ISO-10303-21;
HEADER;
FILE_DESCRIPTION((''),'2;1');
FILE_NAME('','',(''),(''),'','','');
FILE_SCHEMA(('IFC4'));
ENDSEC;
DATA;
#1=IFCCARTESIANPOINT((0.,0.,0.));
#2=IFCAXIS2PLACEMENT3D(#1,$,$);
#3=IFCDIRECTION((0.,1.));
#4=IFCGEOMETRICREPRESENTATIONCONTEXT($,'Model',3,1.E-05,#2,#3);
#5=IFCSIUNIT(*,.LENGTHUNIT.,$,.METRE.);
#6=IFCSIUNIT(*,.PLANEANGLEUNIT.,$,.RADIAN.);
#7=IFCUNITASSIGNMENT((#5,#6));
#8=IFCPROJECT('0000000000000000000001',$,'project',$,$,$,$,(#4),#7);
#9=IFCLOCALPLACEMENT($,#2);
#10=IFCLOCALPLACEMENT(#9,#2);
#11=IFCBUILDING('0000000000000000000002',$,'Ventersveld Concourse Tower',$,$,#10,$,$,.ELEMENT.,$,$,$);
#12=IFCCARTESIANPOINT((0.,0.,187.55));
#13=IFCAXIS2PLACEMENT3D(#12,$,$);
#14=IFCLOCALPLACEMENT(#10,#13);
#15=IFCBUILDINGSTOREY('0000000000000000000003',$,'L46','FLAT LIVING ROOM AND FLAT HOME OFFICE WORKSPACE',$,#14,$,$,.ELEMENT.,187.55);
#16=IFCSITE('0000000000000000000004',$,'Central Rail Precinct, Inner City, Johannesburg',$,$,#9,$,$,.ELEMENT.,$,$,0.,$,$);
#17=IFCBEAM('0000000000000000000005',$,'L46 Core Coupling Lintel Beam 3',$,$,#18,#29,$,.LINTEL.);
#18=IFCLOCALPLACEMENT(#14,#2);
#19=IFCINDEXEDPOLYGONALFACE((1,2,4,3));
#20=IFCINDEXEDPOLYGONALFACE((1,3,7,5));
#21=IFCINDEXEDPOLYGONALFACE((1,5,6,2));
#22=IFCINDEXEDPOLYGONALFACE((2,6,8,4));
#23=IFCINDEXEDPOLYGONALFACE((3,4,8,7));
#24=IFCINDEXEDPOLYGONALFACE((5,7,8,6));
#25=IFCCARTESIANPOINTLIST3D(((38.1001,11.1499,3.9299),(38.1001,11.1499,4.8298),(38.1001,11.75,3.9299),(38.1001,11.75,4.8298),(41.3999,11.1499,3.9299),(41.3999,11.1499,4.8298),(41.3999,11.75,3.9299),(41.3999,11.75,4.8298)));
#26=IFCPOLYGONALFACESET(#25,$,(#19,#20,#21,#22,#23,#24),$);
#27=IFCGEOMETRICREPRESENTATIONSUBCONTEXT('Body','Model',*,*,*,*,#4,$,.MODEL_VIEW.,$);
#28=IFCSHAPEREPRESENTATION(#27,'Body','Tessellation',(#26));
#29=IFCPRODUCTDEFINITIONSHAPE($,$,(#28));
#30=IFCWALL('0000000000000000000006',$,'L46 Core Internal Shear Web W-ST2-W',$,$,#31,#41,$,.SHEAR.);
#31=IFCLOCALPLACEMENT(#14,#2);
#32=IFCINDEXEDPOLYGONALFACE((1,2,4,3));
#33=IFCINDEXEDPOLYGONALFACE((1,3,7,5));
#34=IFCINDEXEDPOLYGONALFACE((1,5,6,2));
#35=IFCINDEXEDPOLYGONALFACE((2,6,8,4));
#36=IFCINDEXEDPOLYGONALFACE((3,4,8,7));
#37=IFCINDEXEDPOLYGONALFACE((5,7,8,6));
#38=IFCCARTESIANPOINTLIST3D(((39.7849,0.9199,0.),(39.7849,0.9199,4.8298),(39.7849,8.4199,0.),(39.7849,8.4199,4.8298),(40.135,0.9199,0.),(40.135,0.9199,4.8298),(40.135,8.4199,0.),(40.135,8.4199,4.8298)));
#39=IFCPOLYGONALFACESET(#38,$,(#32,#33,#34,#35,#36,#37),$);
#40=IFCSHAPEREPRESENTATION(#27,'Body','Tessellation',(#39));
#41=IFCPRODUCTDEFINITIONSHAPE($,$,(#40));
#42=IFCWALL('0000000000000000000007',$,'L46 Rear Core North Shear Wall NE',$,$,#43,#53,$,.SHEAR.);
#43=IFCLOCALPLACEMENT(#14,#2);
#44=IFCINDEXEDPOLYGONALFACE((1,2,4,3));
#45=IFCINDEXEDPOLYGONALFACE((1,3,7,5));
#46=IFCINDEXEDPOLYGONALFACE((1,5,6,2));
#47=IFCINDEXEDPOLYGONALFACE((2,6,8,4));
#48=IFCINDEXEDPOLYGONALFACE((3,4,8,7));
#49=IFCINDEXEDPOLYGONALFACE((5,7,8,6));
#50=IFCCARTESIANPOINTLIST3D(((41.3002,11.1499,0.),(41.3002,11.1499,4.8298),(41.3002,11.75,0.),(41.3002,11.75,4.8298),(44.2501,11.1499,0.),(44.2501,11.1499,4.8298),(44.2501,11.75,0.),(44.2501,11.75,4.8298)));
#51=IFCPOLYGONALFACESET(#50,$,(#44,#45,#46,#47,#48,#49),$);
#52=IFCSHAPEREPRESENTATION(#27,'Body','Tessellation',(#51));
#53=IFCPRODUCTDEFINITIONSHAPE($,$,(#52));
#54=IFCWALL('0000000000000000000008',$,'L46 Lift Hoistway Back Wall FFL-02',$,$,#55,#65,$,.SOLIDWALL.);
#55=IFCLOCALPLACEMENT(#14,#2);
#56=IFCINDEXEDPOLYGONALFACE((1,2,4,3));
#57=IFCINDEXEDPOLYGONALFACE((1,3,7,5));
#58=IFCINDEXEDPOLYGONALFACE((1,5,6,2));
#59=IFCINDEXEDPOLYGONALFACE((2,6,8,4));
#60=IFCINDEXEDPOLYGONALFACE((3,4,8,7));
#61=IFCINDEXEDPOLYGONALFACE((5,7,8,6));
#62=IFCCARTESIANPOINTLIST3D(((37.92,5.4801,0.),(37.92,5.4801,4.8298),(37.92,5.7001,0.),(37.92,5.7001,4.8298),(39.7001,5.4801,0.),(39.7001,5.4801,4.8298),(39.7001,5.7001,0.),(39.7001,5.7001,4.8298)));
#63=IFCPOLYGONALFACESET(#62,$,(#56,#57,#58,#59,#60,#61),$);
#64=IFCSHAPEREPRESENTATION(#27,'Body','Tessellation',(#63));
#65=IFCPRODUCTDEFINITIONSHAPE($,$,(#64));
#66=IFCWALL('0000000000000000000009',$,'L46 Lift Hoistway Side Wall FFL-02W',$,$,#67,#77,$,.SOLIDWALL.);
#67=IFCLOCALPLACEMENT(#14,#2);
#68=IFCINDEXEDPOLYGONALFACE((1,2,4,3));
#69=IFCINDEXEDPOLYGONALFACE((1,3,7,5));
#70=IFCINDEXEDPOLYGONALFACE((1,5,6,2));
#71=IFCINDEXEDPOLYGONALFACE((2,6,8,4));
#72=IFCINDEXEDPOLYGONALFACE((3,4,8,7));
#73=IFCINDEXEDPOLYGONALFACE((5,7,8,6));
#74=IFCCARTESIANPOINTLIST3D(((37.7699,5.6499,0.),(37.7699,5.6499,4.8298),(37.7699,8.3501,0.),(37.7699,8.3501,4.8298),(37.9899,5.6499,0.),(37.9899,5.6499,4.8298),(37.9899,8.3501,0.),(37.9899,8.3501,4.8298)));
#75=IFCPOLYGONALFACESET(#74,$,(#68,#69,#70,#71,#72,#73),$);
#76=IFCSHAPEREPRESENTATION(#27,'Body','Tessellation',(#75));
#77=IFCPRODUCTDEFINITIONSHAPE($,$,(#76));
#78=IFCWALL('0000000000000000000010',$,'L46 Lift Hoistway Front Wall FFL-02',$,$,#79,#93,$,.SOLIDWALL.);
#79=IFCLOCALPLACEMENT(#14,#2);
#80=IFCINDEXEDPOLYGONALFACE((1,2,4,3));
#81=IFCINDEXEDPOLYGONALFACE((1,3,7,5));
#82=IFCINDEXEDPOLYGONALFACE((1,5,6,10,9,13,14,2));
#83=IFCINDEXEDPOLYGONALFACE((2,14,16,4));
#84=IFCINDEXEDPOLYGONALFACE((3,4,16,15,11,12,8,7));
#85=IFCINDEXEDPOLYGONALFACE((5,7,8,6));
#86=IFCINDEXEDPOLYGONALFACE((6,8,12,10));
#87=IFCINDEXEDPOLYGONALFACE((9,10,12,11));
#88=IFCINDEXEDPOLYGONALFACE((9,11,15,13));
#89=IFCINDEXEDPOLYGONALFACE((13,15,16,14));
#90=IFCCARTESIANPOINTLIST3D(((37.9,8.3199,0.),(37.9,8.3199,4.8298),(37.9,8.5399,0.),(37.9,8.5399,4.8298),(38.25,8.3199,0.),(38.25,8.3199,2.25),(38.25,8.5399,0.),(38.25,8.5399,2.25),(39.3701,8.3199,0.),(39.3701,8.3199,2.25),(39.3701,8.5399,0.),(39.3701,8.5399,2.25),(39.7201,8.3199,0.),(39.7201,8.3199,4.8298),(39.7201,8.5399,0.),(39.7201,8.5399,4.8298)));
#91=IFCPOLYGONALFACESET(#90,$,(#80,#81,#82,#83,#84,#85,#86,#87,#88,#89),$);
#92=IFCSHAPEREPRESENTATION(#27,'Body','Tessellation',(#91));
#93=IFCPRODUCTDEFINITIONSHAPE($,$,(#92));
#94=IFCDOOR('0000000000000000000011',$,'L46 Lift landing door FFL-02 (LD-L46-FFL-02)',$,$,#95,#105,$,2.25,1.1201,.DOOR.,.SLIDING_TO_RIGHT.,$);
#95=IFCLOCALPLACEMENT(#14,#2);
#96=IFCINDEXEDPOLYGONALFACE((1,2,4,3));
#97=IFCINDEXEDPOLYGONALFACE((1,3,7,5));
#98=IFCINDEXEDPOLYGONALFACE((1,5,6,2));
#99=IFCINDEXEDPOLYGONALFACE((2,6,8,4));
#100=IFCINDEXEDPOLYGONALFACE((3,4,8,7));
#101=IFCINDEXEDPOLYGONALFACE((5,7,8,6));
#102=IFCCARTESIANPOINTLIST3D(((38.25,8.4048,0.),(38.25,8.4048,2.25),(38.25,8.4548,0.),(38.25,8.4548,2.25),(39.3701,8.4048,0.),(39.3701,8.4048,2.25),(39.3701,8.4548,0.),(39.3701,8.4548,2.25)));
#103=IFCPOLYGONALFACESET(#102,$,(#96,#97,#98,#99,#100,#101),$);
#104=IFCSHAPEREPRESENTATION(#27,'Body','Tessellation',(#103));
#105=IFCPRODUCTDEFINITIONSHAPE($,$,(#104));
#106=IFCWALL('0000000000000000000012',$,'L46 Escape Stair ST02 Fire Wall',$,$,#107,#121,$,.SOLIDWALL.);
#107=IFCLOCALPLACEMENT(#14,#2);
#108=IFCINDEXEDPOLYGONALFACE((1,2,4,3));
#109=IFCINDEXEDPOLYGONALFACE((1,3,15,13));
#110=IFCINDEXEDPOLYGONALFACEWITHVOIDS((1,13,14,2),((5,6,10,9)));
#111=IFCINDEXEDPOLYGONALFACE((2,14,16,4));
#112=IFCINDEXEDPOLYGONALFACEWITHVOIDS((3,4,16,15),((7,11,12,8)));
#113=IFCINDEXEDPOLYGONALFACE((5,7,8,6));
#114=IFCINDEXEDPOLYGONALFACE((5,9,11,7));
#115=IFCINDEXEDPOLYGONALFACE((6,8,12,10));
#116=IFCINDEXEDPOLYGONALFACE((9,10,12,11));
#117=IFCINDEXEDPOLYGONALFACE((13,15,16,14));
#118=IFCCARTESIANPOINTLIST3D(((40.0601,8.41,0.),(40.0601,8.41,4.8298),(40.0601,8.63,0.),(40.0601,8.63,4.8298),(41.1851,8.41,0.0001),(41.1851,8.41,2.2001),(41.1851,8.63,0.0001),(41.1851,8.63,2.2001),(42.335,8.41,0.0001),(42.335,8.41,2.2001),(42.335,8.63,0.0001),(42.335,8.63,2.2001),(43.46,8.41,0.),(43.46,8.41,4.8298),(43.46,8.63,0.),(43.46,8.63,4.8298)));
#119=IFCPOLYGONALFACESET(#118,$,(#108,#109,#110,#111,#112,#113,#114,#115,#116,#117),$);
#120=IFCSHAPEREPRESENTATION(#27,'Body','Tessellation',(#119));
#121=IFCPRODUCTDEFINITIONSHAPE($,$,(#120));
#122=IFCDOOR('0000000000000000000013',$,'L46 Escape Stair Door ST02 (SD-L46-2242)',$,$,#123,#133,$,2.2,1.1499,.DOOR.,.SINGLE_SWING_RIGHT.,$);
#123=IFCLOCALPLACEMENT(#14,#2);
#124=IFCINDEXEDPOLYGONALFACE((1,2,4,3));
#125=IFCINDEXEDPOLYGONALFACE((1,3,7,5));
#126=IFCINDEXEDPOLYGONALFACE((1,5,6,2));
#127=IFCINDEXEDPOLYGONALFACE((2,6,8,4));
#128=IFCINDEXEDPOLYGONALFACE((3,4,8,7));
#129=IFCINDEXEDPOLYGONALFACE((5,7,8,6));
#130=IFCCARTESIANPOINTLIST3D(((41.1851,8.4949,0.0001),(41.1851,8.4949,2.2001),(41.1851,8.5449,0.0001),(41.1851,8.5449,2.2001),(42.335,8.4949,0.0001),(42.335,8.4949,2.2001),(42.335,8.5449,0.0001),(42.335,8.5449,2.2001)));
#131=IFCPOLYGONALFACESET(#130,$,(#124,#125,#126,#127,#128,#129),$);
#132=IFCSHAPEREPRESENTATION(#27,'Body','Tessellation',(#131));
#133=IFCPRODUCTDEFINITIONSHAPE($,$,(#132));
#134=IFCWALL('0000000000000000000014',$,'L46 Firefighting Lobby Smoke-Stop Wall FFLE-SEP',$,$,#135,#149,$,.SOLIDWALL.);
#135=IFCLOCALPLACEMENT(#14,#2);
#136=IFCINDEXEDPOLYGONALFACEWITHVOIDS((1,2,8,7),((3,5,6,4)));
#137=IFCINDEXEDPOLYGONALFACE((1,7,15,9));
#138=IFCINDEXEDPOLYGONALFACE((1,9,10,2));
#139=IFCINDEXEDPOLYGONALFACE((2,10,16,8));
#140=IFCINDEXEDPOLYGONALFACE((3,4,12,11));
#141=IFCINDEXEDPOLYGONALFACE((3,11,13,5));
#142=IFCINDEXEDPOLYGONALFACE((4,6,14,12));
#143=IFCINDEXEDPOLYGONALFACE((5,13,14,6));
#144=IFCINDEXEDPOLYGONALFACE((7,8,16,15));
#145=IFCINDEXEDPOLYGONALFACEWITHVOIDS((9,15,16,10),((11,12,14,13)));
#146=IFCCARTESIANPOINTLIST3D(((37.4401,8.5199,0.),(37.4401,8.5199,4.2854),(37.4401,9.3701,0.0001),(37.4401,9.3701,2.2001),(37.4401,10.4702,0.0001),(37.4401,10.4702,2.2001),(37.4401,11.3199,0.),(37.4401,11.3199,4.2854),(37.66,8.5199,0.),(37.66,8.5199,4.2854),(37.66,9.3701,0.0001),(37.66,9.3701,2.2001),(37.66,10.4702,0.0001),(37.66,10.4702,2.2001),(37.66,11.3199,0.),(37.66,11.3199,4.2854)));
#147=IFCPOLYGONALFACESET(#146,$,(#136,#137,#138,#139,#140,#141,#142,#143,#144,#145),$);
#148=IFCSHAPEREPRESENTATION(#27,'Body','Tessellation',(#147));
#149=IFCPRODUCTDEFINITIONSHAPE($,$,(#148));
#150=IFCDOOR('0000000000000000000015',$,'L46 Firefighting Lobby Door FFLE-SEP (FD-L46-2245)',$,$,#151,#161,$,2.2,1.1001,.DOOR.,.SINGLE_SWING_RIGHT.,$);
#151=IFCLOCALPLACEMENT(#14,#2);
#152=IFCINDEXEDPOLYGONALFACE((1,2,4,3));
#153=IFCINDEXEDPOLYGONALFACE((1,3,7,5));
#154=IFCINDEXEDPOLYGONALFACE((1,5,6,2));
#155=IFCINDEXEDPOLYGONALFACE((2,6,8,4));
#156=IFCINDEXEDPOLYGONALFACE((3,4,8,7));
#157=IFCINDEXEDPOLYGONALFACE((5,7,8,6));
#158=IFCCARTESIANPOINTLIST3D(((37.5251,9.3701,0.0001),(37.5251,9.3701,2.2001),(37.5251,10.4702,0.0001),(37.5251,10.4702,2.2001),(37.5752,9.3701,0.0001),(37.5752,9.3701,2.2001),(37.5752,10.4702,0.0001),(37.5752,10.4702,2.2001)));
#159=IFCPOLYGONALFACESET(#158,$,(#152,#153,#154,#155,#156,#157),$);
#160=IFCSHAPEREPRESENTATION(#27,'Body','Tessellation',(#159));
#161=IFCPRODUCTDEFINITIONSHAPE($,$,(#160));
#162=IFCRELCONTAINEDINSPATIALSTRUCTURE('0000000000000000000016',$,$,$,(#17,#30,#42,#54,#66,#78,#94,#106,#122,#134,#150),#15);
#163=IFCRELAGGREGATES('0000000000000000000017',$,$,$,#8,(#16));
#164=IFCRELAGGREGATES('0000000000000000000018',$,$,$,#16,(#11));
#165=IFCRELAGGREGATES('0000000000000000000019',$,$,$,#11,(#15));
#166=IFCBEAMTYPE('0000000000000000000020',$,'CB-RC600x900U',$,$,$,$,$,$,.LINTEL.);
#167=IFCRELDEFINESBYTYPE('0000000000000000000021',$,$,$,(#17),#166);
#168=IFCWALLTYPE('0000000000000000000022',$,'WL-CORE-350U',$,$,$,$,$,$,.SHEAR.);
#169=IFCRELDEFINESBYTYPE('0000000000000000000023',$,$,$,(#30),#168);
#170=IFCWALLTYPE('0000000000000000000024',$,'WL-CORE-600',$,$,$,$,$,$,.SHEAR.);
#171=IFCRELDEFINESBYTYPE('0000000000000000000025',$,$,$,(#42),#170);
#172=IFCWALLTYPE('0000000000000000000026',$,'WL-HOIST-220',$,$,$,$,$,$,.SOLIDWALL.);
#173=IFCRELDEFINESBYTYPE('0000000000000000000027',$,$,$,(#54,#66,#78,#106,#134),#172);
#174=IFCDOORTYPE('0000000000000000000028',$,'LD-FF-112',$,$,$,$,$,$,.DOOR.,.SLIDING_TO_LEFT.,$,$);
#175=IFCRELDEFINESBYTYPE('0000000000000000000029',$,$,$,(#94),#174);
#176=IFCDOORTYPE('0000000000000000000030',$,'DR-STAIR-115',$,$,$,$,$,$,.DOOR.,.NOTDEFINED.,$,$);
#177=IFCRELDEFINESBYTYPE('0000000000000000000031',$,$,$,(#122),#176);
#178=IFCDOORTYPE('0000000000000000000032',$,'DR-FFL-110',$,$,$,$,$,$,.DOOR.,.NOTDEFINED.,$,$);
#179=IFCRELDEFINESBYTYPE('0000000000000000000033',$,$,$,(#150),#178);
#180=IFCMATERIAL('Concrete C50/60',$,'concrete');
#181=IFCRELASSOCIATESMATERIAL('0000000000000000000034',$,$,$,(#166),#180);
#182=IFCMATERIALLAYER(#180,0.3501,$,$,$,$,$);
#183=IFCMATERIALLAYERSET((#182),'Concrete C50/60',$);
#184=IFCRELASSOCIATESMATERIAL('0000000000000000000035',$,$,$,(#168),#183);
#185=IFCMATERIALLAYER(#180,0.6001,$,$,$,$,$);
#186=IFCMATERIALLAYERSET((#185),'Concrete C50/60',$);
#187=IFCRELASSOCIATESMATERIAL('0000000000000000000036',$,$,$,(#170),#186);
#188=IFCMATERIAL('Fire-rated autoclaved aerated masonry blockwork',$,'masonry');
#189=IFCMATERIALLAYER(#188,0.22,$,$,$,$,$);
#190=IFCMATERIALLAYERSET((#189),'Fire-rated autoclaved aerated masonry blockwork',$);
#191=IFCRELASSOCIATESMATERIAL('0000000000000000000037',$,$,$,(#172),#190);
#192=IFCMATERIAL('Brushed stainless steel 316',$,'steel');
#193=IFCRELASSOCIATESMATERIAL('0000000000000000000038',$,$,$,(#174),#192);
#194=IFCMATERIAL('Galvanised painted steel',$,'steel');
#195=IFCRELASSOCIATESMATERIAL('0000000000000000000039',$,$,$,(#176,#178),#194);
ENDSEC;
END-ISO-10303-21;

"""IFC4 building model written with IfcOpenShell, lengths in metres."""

from ifc_helpers import new_model, si_unit, direction, frame, frame_2d, origin, origin_2d, place, context, subcontext, project, spatial, rectangle, extrude, material, layer, layer_set, material_profile, profile_set, type_object, element, fill, save


model = new_model("IFC4")

# Units and contexts
model_context = context("Model", 3, precision=1e-05, world=origin(), true_north=direction((0.0, 1.0)))
body_context = subcontext(model_context, "Body", "Model", "MODEL_VIEW")
ifc_project = project(units=[si_unit("LENGTHUNIT", "METRE"), si_unit("PLANEANGLEUNIT", "RADIAN")], contexts=[model_context])

# Site, building, storey
site_placement = place(None, origin())
site = spatial("IfcSite", under=ifc_project, at=site_placement, Name="Central Rail Precinct, Inner City, Johannesburg", CompositionType="ELEMENT", RefElevation=0.0)
building_placement = place(site_placement, origin())
building = spatial("IfcBuilding", under=site, at=building_placement, Name="Ventersveld Concourse Tower", CompositionType="ELEMENT")
storey_placement = place(building_placement, frame((0.0, 0.0, 187.55)))
storey = spatial("IfcBuildingStorey", under=building, at=storey_placement, Name="L46", Description="FLAT LIVING ROOM AND FLAT HOME OFFICE WORKSPACE", CompositionType="ELEMENT", Elevation=187.55)

# Beam
ifc_material_1 = material(Name="Concrete C50/60", Category="concrete")
ifc_material_profile = material_profile(ifc_material_1, rectangle(XDim=0.6001, YDim=0.8999, at=origin_2d()), Name="RC 600x900")
ifc_profile_set = profile_set([ifc_material_profile], Name="Concrete C50/60")
beam_type = type_object("IfcBeamType", Name="CB-RC600x900U", PredefinedType="LINTEL", material=ifc_profile_set)
beam_placement = place(storey_placement, frame((38.1001, 11.45, 4.3799), z_axis=(1.0, 0.0, 0.0), x_axis=(0.0, 1.0, 0.0)))
element("IfcBeam", 1, at=beam_placement, inside=storey, type_object=beam_type, Name="L46 Core Coupling Lintel Beam 3", PredefinedType="LINTEL", context=body_context, shape_type="SweptSolid", body=[
    extrude(rectangle(XDim=0.6001, YDim=0.8999, at=origin_2d()), origin(), (0.0, 0.0, 1.0), 3.2998),
])

# Walls
ifc_layer_1 = layer(ifc_material_1, 0.3501)
ifc_layer_set_1 = layer_set([ifc_layer_1], Name="Concrete C50/60")
wall_type_1 = type_object("IfcWallType", Name="WL-CORE-350U", PredefinedType="SHEAR", material=ifc_layer_set_1)
wall_1_placement = place(storey_placement, frame((39.96, 0.9199, 0.0), z_axis=(0.0, 0.0, 1.0), x_axis=(0.0, 1.0, 0.0)))
element("IfcWall", 2, at=wall_1_placement, inside=storey, type_object=wall_type_1, Name="L46 Core Internal Shear Web W-ST2-W", PredefinedType="SHEAR", context=body_context, shape_type="SweptSolid", body=[
    extrude(rectangle(XDim=7.5, YDim=0.3501, at=frame_2d((3.75, 0.0))), origin(), (0.0, 0.0, 1.0), 4.8298),
])
ifc_layer_2 = layer(ifc_material_1, 0.6001)
ifc_layer_set_2 = layer_set([ifc_layer_2], Name="Concrete C50/60")
wall_type_2 = type_object("IfcWallType", Name="WL-CORE-600", PredefinedType="SHEAR", material=ifc_layer_set_2)
wall_2_placement = place(storey_placement, frame((41.3, 11.45, 0.0), z_axis=(0.0, 0.0, 1.0), x_axis=(1.0, 0.0, 0.0)))
element("IfcWall", 3, at=wall_2_placement, inside=storey, type_object=wall_type_2, Name="L46 Rear Core North Shear Wall NE", PredefinedType="SHEAR", context=body_context, shape_type="SweptSolid", body=[
    extrude(rectangle(XDim=2.95, YDim=0.6001, at=frame_2d((1.4751, 0.0))), origin(), (0.0, 0.0, 1.0), 4.8298),
])
ifc_material_2 = material(Name="Fire-rated autoclaved aerated masonry blockwork", Category="masonry")
ifc_layer_3 = layer(ifc_material_2, 0.22)
ifc_layer_set_3 = layer_set([ifc_layer_3], Name="Fire-rated autoclaved aerated masonry blockwork")
wall_type_3 = type_object("IfcWallType", Name="WL-HOIST-220", PredefinedType="SOLIDWALL", material=ifc_layer_set_3)
wall_3_placement = place(storey_placement, frame((37.9199, 5.5901, 0.0), z_axis=(0.0, 0.0, 1.0), x_axis=(1.0, 0.0, 0.0)))
element("IfcWall", 4, at=wall_3_placement, inside=storey, type_object=wall_type_3, Name="L46 Lift Hoistway Back Wall FFL-02", PredefinedType="SOLIDWALL", context=body_context, shape_type="SweptSolid", body=[
    extrude(rectangle(XDim=1.78, YDim=0.22, at=frame_2d((0.8901, 0.0))), origin(), (0.0, 0.0, 1.0), 4.8298),
])
wall_4_placement = place(storey_placement, frame((37.8799, 5.6499, 0.0), z_axis=(0.0, 0.0, 1.0), x_axis=(0.0, 1.0, 0.0)))
element("IfcWall", 5, at=wall_4_placement, inside=storey, type_object=wall_type_3, Name="L46 Lift Hoistway Side Wall FFL-02W", PredefinedType="SOLIDWALL", context=body_context, shape_type="SweptSolid", body=[
    extrude(rectangle(XDim=2.7002, YDim=0.22, at=frame_2d((1.3501, 0.0))), origin(), (0.0, 0.0, 1.0), 4.8298),
])

# Walls, openings, doors
wall_5_placement = place(storey_placement, frame((37.8999, 8.4299, 0.0), z_axis=(0.0, 0.0, 1.0), x_axis=(1.0, 0.0, 0.0)))
wall_5 = element("IfcWall", 6, at=wall_5_placement, inside=storey, type_object=wall_type_3, Name="L46 Lift Hoistway Front Wall FFL-02", PredefinedType="SOLIDWALL", context=body_context, shape_type="SweptSolid", body=[
    extrude(rectangle(XDim=1.8201, YDim=0.22, at=frame_2d((0.9102, 0.0))), origin(), (0.0, 0.0, 1.0), 4.8298),
])
opening_1_placement = place(wall_5_placement, frame((0.3501, 0.0, 0.0)))
opening_1 = element("IfcOpeningElement", 7, at=opening_1_placement, cuts=wall_5, PredefinedType="OPENING", context=body_context, shape_type="SweptSolid", body=[
    extrude(rectangle(XDim=1.1201, YDim=2.25, at=frame_2d((0.5601, 1.125))), frame((0.0, 0.1201, 0.0), z_axis=(0.0, -1.0, 0.0), x_axis=(1.0, 0.0, 0.0)), (0.0, 0.0, 1.0), 0.24),
])
ifc_material_3 = material(Name="Brushed stainless steel 316", Category="steel")
door_type_1 = type_object("IfcDoorType", Name="LD-FF-112", OperationType="SLIDING_TO_LEFT", PredefinedType="DOOR", material=ifc_material_3)
door_1_placement = place(opening_1_placement, origin())
door_1 = element("IfcDoor", 8, at=door_1_placement, inside=storey, type_object=door_type_1, Name="L46 Lift landing door FFL-02 (LD-L46-FFL-02)", OperationType="SLIDING_TO_RIGHT", OverallHeight=2.25, OverallWidth=1.1201, PredefinedType="DOOR", context=body_context, shape_type="SweptSolid", body=[
    extrude(rectangle(XDim=1.1201, YDim=2.25, at=frame_2d((0.5601, 1.125))), frame((0.0, 0.0249, 0.0), z_axis=(0.0, -1.0, 0.0), x_axis=(1.0, 0.0, 0.0)), (0.0, 0.0, 1.0), 0.05),
])
fill(opening_1, door_1)
wall_6_placement = place(storey_placement, frame((40.0601, 8.52, 0.0), z_axis=(0.0, 0.0, 1.0), x_axis=(1.0, 0.0, 0.0)))
wall_6 = element("IfcWall", 9, at=wall_6_placement, inside=storey, type_object=wall_type_3, Name="L46 Escape Stair ST02 Fire Wall", PredefinedType="SOLIDWALL", context=body_context, shape_type="SweptSolid", body=[
    extrude(rectangle(XDim=3.3999, YDim=0.22, at=frame_2d((1.7, 0.0))), origin(), (0.0, 0.0, 1.0), 4.8298),
])
opening_2_placement = place(wall_6_placement, frame((1.125, 0.0, 0.0)))
opening_2 = element("IfcOpeningElement", 10, at=opening_2_placement, cuts=wall_6, PredefinedType="OPENING", context=body_context, shape_type="SweptSolid", body=[
    extrude(rectangle(XDim=1.1499, YDim=2.2, at=frame_2d((0.575, 1.1001))), frame((0.0, 0.1201, 0.0), z_axis=(0.0, -1.0, 0.0), x_axis=(1.0, 0.0, 0.0)), (0.0, 0.0, 1.0), 0.24),
])
ifc_material_4 = material(Name="Galvanised painted steel", Category="steel")
door_type_2 = type_object("IfcDoorType", Name="DR-STAIR-115", OperationType="NOTDEFINED", PredefinedType="DOOR", material=ifc_material_4)
door_2_placement = place(opening_2_placement, origin())
door_2 = element("IfcDoor", 11, at=door_2_placement, inside=storey, type_object=door_type_2, Name="L46 Escape Stair Door ST02 (SD-L46-2242)", OperationType="SINGLE_SWING_RIGHT", OverallHeight=2.2, OverallWidth=1.1499, PredefinedType="DOOR", context=body_context, shape_type="SweptSolid", body=[
    extrude(rectangle(XDim=1.1499, YDim=2.2, at=frame_2d((0.575, 1.1001))), frame((0.0, 0.0249, 0.0), z_axis=(0.0, -1.0, 0.0), x_axis=(1.0, 0.0, 0.0)), (0.0, 0.0, 1.0), 0.05),
])
fill(opening_2, door_2)
wall_7_placement = place(storey_placement, frame((37.55, 8.52, 0.0), z_axis=(0.0, 0.0, 1.0), x_axis=(0.0, 1.0, 0.0)))
wall_7 = element("IfcWall", 12, at=wall_7_placement, inside=storey, type_object=wall_type_3, Name="L46 Firefighting Lobby Smoke-Stop Wall FFLE-SEP", PredefinedType="SOLIDWALL", context=body_context, shape_type="SweptSolid", body=[
    extrude(rectangle(XDim=2.8, YDim=0.22, at=frame_2d((1.3999, 0.0))), origin(), (0.0, 0.0, 1.0), 4.2854),
])
opening_3_placement = place(wall_7_placement, frame((0.8501, 0.0, 0.0)))
opening_3 = element("IfcOpeningElement", 13, at=opening_3_placement, cuts=wall_7, PredefinedType="OPENING", context=body_context, shape_type="SweptSolid", body=[
    extrude(rectangle(XDim=1.1001, YDim=2.2, at=frame_2d((0.55, 1.1001))), frame((0.0, 0.1201, 0.0), z_axis=(0.0, -1.0, 0.0), x_axis=(1.0, 0.0, 0.0)), (0.0, 0.0, 1.0), 0.24),
])
door_type_3 = type_object("IfcDoorType", Name="DR-FFL-110", OperationType="NOTDEFINED", PredefinedType="DOOR", material=ifc_material_4)
door_3_placement = place(opening_3_placement, origin())
door_3 = element("IfcDoor", 14, at=door_3_placement, inside=storey, type_object=door_type_3, Name="L46 Firefighting Lobby Door FFLE-SEP (FD-L46-2245)", OperationType="SINGLE_SWING_RIGHT", OverallHeight=2.2, OverallWidth=1.1001, PredefinedType="DOOR", context=body_context, shape_type="SweptSolid", body=[
    extrude(rectangle(XDim=1.1001, YDim=2.2, at=frame_2d((0.55, 1.1001))), frame((0.0, 0.0249, 0.0), z_axis=(0.0, -1.0, 0.0), x_axis=(1.0, 0.0, 0.0)), (0.0, 0.0, 1.0), 0.05),
])
fill(opening_3, door_3)

save(model, "model.ifc")
